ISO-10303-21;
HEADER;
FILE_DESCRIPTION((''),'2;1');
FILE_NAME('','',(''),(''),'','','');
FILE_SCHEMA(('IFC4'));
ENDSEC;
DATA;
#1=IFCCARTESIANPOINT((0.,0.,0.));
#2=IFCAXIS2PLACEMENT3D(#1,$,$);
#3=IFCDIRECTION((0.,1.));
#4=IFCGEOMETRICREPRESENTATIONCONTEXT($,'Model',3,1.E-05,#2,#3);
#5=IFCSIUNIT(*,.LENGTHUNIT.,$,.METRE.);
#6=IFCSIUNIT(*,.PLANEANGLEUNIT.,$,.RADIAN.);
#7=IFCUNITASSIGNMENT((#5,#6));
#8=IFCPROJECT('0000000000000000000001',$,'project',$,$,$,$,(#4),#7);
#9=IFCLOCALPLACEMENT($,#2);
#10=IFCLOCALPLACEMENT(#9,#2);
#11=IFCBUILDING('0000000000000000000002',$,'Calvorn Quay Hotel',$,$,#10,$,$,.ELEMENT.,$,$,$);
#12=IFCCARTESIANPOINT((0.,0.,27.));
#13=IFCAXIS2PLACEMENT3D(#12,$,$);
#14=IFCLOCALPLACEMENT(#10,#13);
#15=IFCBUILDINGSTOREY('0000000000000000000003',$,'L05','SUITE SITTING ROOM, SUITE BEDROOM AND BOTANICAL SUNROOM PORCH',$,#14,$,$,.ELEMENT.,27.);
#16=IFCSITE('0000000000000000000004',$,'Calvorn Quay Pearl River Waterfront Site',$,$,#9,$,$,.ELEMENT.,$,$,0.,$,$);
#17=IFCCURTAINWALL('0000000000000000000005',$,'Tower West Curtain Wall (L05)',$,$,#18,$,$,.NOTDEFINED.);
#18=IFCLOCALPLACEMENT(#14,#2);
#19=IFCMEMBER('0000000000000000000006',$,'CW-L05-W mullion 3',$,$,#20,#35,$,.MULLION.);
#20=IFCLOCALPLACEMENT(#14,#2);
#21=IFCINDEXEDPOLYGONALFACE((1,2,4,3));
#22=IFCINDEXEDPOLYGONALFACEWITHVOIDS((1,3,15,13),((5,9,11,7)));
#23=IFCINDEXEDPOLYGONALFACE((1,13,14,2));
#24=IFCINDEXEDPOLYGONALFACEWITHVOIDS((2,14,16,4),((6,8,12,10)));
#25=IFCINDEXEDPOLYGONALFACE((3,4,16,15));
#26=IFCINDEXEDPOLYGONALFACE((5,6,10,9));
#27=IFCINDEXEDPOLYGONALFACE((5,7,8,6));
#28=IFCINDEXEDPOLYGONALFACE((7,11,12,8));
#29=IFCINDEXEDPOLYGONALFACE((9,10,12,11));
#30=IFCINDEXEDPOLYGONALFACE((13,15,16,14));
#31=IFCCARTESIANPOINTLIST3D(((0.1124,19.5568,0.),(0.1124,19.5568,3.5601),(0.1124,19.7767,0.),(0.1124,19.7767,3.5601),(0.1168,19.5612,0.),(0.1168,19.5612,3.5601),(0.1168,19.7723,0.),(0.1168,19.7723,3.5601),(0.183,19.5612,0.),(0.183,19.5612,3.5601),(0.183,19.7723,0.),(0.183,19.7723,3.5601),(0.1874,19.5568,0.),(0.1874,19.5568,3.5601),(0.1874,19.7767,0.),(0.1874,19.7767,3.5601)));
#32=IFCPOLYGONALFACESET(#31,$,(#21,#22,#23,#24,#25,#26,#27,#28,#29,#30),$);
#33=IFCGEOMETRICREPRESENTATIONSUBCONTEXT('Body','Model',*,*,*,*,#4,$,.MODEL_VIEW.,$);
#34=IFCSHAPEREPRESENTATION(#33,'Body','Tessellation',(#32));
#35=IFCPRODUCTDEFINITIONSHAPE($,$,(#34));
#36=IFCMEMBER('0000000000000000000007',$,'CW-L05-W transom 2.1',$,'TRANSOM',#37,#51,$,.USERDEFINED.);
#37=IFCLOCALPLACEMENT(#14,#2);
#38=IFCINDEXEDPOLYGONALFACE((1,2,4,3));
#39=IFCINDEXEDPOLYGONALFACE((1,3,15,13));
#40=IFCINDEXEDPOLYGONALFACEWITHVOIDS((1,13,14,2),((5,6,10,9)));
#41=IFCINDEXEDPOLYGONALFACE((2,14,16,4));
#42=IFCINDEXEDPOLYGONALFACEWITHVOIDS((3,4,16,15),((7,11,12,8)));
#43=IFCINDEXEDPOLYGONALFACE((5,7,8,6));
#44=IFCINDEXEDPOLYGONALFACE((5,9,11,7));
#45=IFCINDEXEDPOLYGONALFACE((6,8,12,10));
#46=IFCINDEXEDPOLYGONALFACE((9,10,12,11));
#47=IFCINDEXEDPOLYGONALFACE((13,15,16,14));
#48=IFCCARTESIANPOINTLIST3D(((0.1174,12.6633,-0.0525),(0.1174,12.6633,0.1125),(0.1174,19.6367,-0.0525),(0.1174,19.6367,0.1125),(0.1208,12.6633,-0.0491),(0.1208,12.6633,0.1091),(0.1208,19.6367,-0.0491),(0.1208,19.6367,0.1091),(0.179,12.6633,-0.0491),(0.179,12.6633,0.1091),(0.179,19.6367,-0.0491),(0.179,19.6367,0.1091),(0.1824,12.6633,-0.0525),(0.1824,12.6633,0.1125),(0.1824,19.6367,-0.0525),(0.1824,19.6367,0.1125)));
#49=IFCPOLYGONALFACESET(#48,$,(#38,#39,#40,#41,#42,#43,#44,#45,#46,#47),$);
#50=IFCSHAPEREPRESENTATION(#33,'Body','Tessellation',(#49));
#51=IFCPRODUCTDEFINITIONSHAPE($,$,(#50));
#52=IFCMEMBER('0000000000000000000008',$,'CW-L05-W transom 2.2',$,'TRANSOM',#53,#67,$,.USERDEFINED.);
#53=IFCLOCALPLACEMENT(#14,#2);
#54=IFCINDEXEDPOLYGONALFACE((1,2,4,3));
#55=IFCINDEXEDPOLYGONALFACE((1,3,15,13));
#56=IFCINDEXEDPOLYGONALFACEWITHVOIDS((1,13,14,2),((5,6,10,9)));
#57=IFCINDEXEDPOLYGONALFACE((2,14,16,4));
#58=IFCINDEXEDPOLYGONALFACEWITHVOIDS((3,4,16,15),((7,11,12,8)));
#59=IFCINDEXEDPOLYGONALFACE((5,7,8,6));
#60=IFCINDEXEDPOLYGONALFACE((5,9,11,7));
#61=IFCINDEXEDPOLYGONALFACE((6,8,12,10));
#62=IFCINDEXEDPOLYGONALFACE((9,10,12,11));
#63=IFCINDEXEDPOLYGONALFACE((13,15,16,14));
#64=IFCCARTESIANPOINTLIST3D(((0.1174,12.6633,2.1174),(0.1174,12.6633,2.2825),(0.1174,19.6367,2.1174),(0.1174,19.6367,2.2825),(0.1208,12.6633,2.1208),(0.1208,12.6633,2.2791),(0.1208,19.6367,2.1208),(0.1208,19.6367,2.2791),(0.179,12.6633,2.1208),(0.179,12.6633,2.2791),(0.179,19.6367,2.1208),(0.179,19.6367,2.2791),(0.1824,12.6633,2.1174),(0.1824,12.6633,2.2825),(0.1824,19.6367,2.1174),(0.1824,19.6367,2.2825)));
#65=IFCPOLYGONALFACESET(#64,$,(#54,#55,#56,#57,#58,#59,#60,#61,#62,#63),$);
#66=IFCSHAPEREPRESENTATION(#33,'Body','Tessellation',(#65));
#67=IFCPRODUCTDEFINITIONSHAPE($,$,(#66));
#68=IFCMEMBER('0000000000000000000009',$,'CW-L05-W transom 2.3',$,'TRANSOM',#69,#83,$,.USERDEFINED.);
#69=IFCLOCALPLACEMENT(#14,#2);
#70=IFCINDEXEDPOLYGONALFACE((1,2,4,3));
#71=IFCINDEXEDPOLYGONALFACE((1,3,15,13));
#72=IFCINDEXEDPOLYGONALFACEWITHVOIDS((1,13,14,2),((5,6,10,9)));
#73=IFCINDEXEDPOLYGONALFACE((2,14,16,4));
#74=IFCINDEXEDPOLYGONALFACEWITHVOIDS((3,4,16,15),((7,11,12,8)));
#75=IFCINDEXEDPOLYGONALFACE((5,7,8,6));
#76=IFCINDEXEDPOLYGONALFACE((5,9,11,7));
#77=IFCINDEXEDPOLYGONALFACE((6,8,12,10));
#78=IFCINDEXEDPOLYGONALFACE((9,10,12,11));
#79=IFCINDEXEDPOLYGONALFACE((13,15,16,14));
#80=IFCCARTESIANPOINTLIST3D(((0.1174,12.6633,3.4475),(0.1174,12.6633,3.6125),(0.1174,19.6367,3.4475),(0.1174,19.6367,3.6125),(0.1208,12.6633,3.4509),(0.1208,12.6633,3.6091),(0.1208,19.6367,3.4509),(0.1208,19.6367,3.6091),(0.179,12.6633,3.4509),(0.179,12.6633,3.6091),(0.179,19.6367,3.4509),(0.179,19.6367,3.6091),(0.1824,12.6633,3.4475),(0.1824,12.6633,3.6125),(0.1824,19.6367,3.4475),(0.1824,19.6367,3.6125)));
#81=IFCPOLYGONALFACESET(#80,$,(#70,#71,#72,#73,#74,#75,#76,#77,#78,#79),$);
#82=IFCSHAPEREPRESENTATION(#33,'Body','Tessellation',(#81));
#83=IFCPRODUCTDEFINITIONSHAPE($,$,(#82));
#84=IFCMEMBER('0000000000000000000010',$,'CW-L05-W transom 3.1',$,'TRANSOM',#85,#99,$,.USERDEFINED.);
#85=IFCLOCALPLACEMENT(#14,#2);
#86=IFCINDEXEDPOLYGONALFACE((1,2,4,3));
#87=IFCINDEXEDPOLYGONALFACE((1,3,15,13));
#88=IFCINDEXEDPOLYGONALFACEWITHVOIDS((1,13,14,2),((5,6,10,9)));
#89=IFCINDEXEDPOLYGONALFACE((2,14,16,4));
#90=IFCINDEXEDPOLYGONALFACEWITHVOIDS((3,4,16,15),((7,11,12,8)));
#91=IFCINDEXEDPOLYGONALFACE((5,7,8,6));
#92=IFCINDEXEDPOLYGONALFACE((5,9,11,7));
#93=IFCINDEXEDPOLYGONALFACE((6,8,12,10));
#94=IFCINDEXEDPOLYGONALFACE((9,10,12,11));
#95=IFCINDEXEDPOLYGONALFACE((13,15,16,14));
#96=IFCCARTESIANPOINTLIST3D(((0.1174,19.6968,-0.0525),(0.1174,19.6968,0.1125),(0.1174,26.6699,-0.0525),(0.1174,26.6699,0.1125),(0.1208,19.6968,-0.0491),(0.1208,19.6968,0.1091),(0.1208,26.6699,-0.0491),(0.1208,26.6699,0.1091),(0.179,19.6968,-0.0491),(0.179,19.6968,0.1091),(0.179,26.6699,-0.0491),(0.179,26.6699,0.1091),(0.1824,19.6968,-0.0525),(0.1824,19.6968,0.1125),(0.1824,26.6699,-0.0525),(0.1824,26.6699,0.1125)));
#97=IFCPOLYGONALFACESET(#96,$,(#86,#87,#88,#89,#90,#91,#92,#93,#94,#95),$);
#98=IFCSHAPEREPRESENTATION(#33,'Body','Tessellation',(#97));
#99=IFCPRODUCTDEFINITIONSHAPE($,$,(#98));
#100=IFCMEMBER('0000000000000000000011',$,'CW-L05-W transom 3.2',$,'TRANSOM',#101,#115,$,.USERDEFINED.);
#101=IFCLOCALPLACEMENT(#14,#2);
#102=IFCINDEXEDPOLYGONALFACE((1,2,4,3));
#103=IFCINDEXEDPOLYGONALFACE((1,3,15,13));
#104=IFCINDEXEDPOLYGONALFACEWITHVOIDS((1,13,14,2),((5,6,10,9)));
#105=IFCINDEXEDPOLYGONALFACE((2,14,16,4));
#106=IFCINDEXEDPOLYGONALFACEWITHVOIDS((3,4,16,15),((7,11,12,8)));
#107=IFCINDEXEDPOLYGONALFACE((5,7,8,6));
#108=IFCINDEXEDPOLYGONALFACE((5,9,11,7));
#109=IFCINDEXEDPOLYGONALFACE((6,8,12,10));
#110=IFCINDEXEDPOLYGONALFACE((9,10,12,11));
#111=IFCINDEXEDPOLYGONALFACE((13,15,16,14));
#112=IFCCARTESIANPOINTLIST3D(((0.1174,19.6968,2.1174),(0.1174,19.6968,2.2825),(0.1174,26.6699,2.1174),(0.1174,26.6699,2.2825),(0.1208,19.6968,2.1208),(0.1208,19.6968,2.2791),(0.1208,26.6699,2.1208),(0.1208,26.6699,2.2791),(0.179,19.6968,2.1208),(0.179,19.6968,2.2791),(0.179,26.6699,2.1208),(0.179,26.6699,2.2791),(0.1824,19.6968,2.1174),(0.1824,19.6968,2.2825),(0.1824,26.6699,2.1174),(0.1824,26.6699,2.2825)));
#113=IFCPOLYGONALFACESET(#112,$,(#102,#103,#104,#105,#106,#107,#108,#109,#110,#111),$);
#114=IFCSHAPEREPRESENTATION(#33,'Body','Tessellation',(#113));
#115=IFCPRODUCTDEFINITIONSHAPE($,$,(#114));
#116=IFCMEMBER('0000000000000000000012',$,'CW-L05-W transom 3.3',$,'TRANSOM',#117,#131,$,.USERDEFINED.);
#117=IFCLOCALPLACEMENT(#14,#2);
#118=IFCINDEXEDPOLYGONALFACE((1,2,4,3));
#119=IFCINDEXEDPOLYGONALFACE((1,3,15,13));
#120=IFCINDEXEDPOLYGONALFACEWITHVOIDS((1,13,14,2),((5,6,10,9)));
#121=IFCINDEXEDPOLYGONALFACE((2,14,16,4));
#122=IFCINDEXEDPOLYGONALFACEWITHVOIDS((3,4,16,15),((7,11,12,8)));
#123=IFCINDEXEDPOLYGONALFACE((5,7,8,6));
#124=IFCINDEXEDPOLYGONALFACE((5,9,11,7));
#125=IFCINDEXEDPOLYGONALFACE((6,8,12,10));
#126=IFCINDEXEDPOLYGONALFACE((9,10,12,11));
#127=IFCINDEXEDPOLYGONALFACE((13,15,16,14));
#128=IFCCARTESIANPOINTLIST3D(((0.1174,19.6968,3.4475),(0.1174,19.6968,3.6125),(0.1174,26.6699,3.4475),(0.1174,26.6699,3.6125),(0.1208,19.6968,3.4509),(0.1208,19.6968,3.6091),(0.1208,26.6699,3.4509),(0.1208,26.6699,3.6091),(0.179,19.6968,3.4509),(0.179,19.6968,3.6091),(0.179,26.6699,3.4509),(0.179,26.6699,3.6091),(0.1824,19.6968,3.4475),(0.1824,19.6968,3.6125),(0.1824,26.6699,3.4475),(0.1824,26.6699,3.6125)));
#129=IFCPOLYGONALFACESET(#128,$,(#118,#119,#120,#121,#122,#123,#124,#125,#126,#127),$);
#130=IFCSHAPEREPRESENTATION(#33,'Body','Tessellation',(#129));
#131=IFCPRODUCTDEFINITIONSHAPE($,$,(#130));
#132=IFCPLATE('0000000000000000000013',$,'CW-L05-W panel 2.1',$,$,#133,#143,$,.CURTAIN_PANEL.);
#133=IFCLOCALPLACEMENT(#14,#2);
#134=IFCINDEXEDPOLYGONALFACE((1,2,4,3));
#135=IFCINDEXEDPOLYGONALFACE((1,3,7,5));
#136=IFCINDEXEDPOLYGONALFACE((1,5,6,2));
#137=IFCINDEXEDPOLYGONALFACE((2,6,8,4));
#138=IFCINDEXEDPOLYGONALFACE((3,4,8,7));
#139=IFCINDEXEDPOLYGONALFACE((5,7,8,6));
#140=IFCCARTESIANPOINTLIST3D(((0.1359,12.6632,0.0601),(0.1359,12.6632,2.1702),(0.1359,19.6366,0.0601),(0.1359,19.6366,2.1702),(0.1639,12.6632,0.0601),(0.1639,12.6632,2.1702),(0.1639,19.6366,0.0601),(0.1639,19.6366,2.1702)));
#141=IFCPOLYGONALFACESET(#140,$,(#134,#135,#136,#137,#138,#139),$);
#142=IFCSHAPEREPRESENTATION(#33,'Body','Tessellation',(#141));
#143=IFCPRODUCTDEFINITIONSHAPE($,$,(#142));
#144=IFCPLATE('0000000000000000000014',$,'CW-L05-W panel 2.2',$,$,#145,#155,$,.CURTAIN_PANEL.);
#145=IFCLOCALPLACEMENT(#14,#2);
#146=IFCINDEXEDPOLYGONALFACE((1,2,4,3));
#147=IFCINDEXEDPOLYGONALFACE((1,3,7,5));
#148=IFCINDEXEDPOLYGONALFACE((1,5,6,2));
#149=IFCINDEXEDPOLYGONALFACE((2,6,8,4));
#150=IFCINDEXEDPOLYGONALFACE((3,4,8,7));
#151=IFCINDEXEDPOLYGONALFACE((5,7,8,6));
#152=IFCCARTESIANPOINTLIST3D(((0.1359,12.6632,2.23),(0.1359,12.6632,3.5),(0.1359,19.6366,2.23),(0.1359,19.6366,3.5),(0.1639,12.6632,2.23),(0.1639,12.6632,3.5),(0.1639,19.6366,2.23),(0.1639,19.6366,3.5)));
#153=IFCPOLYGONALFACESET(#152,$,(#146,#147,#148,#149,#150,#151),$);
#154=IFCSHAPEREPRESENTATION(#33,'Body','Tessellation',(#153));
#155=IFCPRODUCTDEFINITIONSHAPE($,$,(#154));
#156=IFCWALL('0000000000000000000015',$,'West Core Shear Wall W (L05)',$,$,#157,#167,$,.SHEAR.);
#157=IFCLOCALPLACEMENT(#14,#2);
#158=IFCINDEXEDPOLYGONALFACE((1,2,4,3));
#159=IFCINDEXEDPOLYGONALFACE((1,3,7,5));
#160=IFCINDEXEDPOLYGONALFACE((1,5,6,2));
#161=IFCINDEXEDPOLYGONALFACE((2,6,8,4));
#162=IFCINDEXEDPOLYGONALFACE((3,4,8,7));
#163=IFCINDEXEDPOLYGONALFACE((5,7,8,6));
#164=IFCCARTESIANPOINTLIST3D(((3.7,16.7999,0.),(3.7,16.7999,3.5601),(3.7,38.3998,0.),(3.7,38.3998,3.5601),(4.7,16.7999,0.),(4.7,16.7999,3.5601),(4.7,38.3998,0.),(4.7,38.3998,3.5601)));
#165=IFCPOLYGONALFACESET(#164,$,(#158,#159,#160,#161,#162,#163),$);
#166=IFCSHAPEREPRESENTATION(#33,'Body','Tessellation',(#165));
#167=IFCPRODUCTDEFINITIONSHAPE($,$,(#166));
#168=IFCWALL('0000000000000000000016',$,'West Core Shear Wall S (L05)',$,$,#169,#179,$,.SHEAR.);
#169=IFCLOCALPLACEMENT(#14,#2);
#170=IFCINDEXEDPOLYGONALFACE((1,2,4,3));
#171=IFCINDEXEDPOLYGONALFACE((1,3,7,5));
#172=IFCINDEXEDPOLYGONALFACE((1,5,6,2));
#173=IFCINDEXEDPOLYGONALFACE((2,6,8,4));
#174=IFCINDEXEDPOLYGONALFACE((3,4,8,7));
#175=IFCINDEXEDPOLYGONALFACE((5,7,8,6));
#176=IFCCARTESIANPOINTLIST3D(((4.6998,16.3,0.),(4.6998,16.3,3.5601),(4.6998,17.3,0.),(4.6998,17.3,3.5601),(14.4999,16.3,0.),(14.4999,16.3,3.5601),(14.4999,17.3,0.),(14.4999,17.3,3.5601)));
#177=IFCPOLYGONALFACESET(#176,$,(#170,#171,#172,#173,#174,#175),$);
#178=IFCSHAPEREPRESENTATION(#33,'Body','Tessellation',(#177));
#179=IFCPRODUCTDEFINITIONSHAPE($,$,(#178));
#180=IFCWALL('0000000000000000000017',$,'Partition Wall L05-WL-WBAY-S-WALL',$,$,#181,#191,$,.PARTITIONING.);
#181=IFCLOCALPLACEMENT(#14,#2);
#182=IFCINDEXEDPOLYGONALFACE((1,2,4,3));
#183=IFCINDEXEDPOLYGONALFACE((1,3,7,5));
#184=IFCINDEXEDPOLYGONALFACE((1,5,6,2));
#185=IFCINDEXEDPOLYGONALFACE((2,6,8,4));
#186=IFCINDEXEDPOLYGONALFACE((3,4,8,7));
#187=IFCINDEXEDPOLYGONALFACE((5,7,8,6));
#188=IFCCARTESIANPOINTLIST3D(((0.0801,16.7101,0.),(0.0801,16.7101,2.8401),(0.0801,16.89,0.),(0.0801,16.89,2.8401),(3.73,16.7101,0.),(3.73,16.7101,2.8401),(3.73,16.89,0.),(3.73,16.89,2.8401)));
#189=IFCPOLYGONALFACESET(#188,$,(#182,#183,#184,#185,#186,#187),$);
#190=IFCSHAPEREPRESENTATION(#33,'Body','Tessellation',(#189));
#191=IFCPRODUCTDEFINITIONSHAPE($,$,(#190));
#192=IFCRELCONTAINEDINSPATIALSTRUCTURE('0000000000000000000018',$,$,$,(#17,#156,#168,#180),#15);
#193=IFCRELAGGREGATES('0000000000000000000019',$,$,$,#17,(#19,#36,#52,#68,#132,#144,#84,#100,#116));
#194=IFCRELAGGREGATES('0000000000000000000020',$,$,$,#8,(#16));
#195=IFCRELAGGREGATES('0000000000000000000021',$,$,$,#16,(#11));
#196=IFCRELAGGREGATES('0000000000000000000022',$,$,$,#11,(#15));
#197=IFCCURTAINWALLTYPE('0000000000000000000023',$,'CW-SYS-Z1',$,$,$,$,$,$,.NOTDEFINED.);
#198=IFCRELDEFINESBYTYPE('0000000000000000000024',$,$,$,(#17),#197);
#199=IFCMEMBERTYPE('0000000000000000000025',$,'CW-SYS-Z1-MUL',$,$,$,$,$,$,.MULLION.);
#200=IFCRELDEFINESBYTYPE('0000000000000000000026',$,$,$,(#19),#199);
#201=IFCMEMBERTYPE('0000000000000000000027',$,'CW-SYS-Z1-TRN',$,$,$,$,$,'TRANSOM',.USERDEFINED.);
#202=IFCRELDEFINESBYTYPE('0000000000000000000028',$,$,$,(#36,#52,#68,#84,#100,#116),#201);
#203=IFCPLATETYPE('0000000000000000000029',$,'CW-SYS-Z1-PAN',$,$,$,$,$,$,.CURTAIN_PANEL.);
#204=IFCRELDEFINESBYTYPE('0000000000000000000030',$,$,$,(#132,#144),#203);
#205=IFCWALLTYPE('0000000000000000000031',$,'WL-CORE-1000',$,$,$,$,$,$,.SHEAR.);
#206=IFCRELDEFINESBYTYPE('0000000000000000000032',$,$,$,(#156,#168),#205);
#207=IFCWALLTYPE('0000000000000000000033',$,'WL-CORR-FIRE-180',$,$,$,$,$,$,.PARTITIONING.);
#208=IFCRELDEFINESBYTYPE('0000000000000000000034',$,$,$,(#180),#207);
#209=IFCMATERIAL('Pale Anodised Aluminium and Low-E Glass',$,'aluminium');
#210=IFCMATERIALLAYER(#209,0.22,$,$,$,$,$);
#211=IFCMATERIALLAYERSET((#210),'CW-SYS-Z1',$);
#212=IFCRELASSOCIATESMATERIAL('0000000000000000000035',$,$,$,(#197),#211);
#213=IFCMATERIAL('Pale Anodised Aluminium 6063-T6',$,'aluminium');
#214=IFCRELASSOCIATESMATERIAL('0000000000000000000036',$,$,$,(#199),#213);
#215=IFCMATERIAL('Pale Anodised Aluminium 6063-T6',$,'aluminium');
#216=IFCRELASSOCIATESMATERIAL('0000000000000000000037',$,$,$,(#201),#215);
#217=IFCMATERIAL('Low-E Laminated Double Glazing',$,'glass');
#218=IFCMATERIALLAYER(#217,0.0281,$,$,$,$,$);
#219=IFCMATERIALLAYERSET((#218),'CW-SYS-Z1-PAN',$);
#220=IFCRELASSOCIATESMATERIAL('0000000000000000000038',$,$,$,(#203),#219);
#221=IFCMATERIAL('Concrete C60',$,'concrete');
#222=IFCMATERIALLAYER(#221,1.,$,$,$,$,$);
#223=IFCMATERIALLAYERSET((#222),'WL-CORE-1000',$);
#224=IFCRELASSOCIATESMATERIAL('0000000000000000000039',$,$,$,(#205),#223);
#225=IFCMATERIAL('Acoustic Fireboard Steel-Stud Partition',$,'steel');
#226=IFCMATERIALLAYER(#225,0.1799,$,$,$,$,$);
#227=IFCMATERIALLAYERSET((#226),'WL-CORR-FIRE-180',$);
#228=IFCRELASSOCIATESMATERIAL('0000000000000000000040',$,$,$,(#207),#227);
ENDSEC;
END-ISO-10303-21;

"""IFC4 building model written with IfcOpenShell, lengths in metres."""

from ifc_helpers import new_model, si_unit, direction, frame, frame_2d, origin, origin_2d, place, context, subcontext, project, spatial, rectangle, hollow_rectangle, extrude, material, layer, layer_set, material_profile, profile_set, type_object, element, aggregate, save


model = new_model("IFC4")

# Units and contexts
model_context = context("Model", 3, precision=1e-05, world=origin(), true_north=direction((0.0, 1.0)))
body_context = subcontext(model_context, "Body", "Model", "MODEL_VIEW")
ifc_project = project(units=[si_unit("LENGTHUNIT", "METRE"), si_unit("PLANEANGLEUNIT", "RADIAN")], contexts=[model_context])

# Site, building, storey
site_placement = place(None, origin())
site = spatial("IfcSite", under=ifc_project, at=site_placement, Name="Calvorn Quay Pearl River Waterfront Site", CompositionType="ELEMENT", RefElevation=0.0)
building_placement = place(site_placement, origin())
building = spatial("IfcBuilding", under=site, at=building_placement, Name="Calvorn Quay Hotel", CompositionType="ELEMENT")
storey_placement = place(building_placement, frame((0.0, 0.0, 27.0)))
storey = spatial("IfcBuildingStorey", under=building, at=storey_placement, Name="L05", Description="SUITE SITTING ROOM, SUITE BEDROOM AND BOTANICAL SUNROOM PORCH", CompositionType="ELEMENT", Elevation=27.0)

# Curtain wall, members, plates
ifc_material_1 = material(Name="Pale Anodised Aluminium and Low-E Glass", Category="aluminium")
ifc_layer_1 = layer(ifc_material_1, 0.22)
ifc_layer_set_1 = layer_set([ifc_layer_1], Name="CW-SYS-Z1")
curtain_wall_type = type_object("IfcCurtainWallType", Name="CW-SYS-Z1", PredefinedType="NOTDEFINED", material=ifc_layer_set_1)
curtain_wall_placement = place(storey_placement, origin())
curtain_wall = element("IfcCurtainWall", 1, at=curtain_wall_placement, inside=storey, type_object=curtain_wall_type, Name="Tower West Curtain Wall (L05)", PredefinedType="NOTDEFINED")
ifc_material_2 = material(Name="Pale Anodised Aluminium 6063-T6", Category="aluminium")
ifc_material_profile_1 = material_profile(ifc_material_2, hollow_rectangle(XDim=0.075, YDim=0.22, WallThickness=0.0044, at=origin_2d()), Name="ALU-M220x75x4.5")
ifc_profile_set_1 = profile_set([ifc_material_profile_1], Name="Pale Anodised Aluminium 6063-T6")
member_type_1 = type_object("IfcMemberType", Name="CW-SYS-Z1-MUL", PredefinedType="MULLION", material=ifc_profile_set_1)
member_1_placement = place(storey_placement, frame((0.1499, 19.6667, 0.0), z_axis=(0.0, 0.0, 1.0), x_axis=(-1.0, 0.0, 0.0)))
member_1 = element("IfcMember", 2, at=member_1_placement, type_object=member_type_1, Name="CW-L05-W mullion 3", PredefinedType="MULLION", context=body_context, shape_type="SweptSolid", body=[
    extrude(hollow_rectangle(XDim=0.075, YDim=0.22, WallThickness=0.0044, at=origin_2d()), origin(), (0.0, 0.0, 1.0), 3.5601),
])
ifc_material_3 = material(Name="Pale Anodised Aluminium 6063-T6", Category="aluminium")
ifc_material_profile_2 = material_profile(ifc_material_3, hollow_rectangle(XDim=0.0649, YDim=0.165, WallThickness=0.0034, at=origin_2d()), Name="ALU-T165x65x3.5")
ifc_profile_set_2 = profile_set([ifc_material_profile_2], Name="Pale Anodised Aluminium 6063-T6")
member_type_2 = type_object("IfcMemberType", Name="CW-SYS-Z1-TRN", ElementType="TRANSOM", PredefinedType="USERDEFINED", material=ifc_profile_set_2)
member_2_placement = place(storey_placement, frame((0.1499, 12.6633, 0.03), z_axis=(0.0, 1.0, 0.0), x_axis=(-1.0, 0.0, 0.0)))
member_2 = element("IfcMember", 3, at=member_2_placement, type_object=member_type_2, Name="CW-L05-W transom 2.1", ObjectType="TRANSOM", PredefinedType="USERDEFINED", context=body_context, shape_type="SweptSolid", body=[
    extrude(hollow_rectangle(XDim=0.0649, YDim=0.165, WallThickness=0.0034, at=origin_2d()), origin(), (0.0, 0.0, 1.0), 6.9734),
])
member_3_placement = place(storey_placement, frame((0.1499, 12.6633, 2.2), z_axis=(0.0, 1.0, 0.0), x_axis=(-1.0, 0.0, 0.0)))
member_3 = element("IfcMember", 4, at=member_3_placement, type_object=member_type_2, Name="CW-L05-W transom 2.2", ObjectType="TRANSOM", PredefinedType="USERDEFINED", context=body_context, shape_type="SweptSolid", body=[
    extrude(hollow_rectangle(XDim=0.0649, YDim=0.165, WallThickness=0.0034, at=origin_2d()), origin(), (0.0, 0.0, 1.0), 6.9734),
])
member_4_placement = place(storey_placement, frame((0.1499, 12.6633, 3.53), z_axis=(0.0, 1.0, 0.0), x_axis=(-1.0, 0.0, 0.0)))
member_4 = element("IfcMember", 5, at=member_4_placement, type_object=member_type_2, Name="CW-L05-W transom 2.3", ObjectType="TRANSOM", PredefinedType="USERDEFINED", context=body_context, shape_type="SweptSolid", body=[
    extrude(hollow_rectangle(XDim=0.0649, YDim=0.165, WallThickness=0.0034, at=origin_2d()), origin(), (0.0, 0.0, 1.0), 6.9734),
])
member_5_placement = place(storey_placement, frame((0.1499, 19.6968, 0.03), z_axis=(0.0, 1.0, 0.0), x_axis=(-1.0, 0.0, 0.0)))
member_5 = element("IfcMember", 6, at=member_5_placement, type_object=member_type_2, Name="CW-L05-W transom 3.1", ObjectType="TRANSOM", PredefinedType="USERDEFINED", context=body_context, shape_type="SweptSolid", body=[
    extrude(hollow_rectangle(XDim=0.0649, YDim=0.165, WallThickness=0.0034, at=origin_2d()), origin(), (0.0, 0.0, 1.0), 6.9731),
])
member_6_placement = place(storey_placement, frame((0.1499, 19.6968, 2.2), z_axis=(0.0, 1.0, 0.0), x_axis=(-1.0, 0.0, 0.0)))
member_6 = element("IfcMember", 7, at=member_6_placement, type_object=member_type_2, Name="CW-L05-W transom 3.2", ObjectType="TRANSOM", PredefinedType="USERDEFINED", context=body_context, shape_type="SweptSolid", body=[
    extrude(hollow_rectangle(XDim=0.0649, YDim=0.165, WallThickness=0.0034, at=origin_2d()), origin(), (0.0, 0.0, 1.0), 6.9731),
])
member_7_placement = place(storey_placement, frame((0.1499, 19.6968, 3.53), z_axis=(0.0, 1.0, 0.0), x_axis=(-1.0, 0.0, 0.0)))
member_7 = element("IfcMember", 8, at=member_7_placement, type_object=member_type_2, Name="CW-L05-W transom 3.3", ObjectType="TRANSOM", PredefinedType="USERDEFINED", context=body_context, shape_type="SweptSolid", body=[
    extrude(hollow_rectangle(XDim=0.0649, YDim=0.165, WallThickness=0.0034, at=origin_2d()), origin(), (0.0, 0.0, 1.0), 6.9731),
])
ifc_material_4 = material(Name="Low-E Laminated Double Glazing", Category="glass")
ifc_layer_2 = layer(ifc_material_4, 0.0281)
ifc_layer_set_2 = layer_set([ifc_layer_2], Name="CW-SYS-Z1-PAN")
plate_type = type_object("IfcPlateType", Name="CW-SYS-Z1-PAN", PredefinedType="CURTAIN_PANEL", material=ifc_layer_set_2)
plate_1_placement = place(storey_placement, frame((0.1499, 16.1499, 0.0601), z_axis=(0.0, 0.0, 1.0), x_axis=(0.0, 1.0, 0.0)))
plate_1 = element("IfcPlate", 9, at=plate_1_placement, type_object=plate_type, Name="CW-L05-W panel 2.1", PredefinedType="CURTAIN_PANEL", context=body_context, shape_type="SweptSolid", body=[
    extrude(rectangle(XDim=6.9734, YDim=0.0281, at=origin_2d()), origin(), (0.0, 0.0, 1.0), 2.1101),
])
plate_2_placement = place(storey_placement, frame((0.1499, 16.1499, 2.23), z_axis=(0.0, 0.0, 1.0), x_axis=(0.0, 1.0, 0.0)))
plate_2 = element("IfcPlate", 10, at=plate_2_placement, type_object=plate_type, Name="CW-L05-W panel 2.2", PredefinedType="CURTAIN_PANEL", context=body_context, shape_type="SweptSolid", body=[
    extrude(rectangle(XDim=6.9734, YDim=0.0281, at=origin_2d()), origin(), (0.0, 0.0, 1.0), 1.27),
])
aggregate(curtain_wall, [member_1, member_2, member_3, member_4, plate_1, plate_2, member_5, member_6, member_7])

# Walls
ifc_material_5 = material(Name="Concrete C60", Category="concrete")
ifc_layer_3 = layer(ifc_material_5, 1.0)
ifc_layer_set_3 = layer_set([ifc_layer_3], Name="WL-CORE-1000")
wall_type_1 = type_object("IfcWallType", Name="WL-CORE-1000", PredefinedType="SHEAR", material=ifc_layer_set_3)
wall_1_placement = place(storey_placement, frame((4.2, 16.8, 0.0), z_axis=(0.0, 0.0, 1.0), x_axis=(0.0, 1.0, 0.0)))
element("IfcWall", 11, at=wall_1_placement, inside=storey, type_object=wall_type_1, Name="West Core Shear Wall W (L05)", PredefinedType="SHEAR", context=body_context, shape_type="SweptSolid", body=[
    extrude(rectangle(XDim=21.5999, YDim=1.0, at=frame_2d((10.7998, 0.0))), origin(), (0.0, 0.0, 1.0), 3.5601),
])
wall_2_placement = place(storey_placement, frame((4.7, 16.8, 0.0), z_axis=(0.0, 0.0, 1.0), x_axis=(1.0, 0.0, 0.0)))
element("IfcWall", 12, at=wall_2_placement, inside=storey, type_object=wall_type_1, Name="West Core Shear Wall S (L05)", PredefinedType="SHEAR", context=body_context, shape_type="SweptSolid", body=[
    extrude(rectangle(XDim=9.8, YDim=1.0, at=frame_2d((4.8999, 0.0))), origin(), (0.0, 0.0, 1.0), 3.5601),
])
ifc_material_6 = material(Name="Acoustic Fireboard Steel-Stud Partition", Category="steel")
ifc_layer_4 = layer(ifc_material_6, 0.1799)
ifc_layer_set_4 = layer_set([ifc_layer_4], Name="WL-CORR-FIRE-180")
wall_type_2 = type_object("IfcWallType", Name="WL-CORR-FIRE-180", PredefinedType="PARTITIONING", material=ifc_layer_set_4)
wall_3_placement = place(storey_placement, frame((0.0801, 16.8, 0.0), z_axis=(0.0, 0.0, 1.0), x_axis=(1.0, 0.0, 0.0)))
element("IfcWall", 13, at=wall_3_placement, inside=storey, type_object=wall_type_2, Name="Partition Wall L05-WL-WBAY-S-WALL", PredefinedType="PARTITIONING", context=body_context, shape_type="SweptSolid", body=[
    extrude(rectangle(XDim=3.6499, YDim=0.1799, at=frame_2d((1.825, 0.0))), origin(), (0.0, 0.0, 1.0), 2.8401),
])

save(model, "model.ifc")
